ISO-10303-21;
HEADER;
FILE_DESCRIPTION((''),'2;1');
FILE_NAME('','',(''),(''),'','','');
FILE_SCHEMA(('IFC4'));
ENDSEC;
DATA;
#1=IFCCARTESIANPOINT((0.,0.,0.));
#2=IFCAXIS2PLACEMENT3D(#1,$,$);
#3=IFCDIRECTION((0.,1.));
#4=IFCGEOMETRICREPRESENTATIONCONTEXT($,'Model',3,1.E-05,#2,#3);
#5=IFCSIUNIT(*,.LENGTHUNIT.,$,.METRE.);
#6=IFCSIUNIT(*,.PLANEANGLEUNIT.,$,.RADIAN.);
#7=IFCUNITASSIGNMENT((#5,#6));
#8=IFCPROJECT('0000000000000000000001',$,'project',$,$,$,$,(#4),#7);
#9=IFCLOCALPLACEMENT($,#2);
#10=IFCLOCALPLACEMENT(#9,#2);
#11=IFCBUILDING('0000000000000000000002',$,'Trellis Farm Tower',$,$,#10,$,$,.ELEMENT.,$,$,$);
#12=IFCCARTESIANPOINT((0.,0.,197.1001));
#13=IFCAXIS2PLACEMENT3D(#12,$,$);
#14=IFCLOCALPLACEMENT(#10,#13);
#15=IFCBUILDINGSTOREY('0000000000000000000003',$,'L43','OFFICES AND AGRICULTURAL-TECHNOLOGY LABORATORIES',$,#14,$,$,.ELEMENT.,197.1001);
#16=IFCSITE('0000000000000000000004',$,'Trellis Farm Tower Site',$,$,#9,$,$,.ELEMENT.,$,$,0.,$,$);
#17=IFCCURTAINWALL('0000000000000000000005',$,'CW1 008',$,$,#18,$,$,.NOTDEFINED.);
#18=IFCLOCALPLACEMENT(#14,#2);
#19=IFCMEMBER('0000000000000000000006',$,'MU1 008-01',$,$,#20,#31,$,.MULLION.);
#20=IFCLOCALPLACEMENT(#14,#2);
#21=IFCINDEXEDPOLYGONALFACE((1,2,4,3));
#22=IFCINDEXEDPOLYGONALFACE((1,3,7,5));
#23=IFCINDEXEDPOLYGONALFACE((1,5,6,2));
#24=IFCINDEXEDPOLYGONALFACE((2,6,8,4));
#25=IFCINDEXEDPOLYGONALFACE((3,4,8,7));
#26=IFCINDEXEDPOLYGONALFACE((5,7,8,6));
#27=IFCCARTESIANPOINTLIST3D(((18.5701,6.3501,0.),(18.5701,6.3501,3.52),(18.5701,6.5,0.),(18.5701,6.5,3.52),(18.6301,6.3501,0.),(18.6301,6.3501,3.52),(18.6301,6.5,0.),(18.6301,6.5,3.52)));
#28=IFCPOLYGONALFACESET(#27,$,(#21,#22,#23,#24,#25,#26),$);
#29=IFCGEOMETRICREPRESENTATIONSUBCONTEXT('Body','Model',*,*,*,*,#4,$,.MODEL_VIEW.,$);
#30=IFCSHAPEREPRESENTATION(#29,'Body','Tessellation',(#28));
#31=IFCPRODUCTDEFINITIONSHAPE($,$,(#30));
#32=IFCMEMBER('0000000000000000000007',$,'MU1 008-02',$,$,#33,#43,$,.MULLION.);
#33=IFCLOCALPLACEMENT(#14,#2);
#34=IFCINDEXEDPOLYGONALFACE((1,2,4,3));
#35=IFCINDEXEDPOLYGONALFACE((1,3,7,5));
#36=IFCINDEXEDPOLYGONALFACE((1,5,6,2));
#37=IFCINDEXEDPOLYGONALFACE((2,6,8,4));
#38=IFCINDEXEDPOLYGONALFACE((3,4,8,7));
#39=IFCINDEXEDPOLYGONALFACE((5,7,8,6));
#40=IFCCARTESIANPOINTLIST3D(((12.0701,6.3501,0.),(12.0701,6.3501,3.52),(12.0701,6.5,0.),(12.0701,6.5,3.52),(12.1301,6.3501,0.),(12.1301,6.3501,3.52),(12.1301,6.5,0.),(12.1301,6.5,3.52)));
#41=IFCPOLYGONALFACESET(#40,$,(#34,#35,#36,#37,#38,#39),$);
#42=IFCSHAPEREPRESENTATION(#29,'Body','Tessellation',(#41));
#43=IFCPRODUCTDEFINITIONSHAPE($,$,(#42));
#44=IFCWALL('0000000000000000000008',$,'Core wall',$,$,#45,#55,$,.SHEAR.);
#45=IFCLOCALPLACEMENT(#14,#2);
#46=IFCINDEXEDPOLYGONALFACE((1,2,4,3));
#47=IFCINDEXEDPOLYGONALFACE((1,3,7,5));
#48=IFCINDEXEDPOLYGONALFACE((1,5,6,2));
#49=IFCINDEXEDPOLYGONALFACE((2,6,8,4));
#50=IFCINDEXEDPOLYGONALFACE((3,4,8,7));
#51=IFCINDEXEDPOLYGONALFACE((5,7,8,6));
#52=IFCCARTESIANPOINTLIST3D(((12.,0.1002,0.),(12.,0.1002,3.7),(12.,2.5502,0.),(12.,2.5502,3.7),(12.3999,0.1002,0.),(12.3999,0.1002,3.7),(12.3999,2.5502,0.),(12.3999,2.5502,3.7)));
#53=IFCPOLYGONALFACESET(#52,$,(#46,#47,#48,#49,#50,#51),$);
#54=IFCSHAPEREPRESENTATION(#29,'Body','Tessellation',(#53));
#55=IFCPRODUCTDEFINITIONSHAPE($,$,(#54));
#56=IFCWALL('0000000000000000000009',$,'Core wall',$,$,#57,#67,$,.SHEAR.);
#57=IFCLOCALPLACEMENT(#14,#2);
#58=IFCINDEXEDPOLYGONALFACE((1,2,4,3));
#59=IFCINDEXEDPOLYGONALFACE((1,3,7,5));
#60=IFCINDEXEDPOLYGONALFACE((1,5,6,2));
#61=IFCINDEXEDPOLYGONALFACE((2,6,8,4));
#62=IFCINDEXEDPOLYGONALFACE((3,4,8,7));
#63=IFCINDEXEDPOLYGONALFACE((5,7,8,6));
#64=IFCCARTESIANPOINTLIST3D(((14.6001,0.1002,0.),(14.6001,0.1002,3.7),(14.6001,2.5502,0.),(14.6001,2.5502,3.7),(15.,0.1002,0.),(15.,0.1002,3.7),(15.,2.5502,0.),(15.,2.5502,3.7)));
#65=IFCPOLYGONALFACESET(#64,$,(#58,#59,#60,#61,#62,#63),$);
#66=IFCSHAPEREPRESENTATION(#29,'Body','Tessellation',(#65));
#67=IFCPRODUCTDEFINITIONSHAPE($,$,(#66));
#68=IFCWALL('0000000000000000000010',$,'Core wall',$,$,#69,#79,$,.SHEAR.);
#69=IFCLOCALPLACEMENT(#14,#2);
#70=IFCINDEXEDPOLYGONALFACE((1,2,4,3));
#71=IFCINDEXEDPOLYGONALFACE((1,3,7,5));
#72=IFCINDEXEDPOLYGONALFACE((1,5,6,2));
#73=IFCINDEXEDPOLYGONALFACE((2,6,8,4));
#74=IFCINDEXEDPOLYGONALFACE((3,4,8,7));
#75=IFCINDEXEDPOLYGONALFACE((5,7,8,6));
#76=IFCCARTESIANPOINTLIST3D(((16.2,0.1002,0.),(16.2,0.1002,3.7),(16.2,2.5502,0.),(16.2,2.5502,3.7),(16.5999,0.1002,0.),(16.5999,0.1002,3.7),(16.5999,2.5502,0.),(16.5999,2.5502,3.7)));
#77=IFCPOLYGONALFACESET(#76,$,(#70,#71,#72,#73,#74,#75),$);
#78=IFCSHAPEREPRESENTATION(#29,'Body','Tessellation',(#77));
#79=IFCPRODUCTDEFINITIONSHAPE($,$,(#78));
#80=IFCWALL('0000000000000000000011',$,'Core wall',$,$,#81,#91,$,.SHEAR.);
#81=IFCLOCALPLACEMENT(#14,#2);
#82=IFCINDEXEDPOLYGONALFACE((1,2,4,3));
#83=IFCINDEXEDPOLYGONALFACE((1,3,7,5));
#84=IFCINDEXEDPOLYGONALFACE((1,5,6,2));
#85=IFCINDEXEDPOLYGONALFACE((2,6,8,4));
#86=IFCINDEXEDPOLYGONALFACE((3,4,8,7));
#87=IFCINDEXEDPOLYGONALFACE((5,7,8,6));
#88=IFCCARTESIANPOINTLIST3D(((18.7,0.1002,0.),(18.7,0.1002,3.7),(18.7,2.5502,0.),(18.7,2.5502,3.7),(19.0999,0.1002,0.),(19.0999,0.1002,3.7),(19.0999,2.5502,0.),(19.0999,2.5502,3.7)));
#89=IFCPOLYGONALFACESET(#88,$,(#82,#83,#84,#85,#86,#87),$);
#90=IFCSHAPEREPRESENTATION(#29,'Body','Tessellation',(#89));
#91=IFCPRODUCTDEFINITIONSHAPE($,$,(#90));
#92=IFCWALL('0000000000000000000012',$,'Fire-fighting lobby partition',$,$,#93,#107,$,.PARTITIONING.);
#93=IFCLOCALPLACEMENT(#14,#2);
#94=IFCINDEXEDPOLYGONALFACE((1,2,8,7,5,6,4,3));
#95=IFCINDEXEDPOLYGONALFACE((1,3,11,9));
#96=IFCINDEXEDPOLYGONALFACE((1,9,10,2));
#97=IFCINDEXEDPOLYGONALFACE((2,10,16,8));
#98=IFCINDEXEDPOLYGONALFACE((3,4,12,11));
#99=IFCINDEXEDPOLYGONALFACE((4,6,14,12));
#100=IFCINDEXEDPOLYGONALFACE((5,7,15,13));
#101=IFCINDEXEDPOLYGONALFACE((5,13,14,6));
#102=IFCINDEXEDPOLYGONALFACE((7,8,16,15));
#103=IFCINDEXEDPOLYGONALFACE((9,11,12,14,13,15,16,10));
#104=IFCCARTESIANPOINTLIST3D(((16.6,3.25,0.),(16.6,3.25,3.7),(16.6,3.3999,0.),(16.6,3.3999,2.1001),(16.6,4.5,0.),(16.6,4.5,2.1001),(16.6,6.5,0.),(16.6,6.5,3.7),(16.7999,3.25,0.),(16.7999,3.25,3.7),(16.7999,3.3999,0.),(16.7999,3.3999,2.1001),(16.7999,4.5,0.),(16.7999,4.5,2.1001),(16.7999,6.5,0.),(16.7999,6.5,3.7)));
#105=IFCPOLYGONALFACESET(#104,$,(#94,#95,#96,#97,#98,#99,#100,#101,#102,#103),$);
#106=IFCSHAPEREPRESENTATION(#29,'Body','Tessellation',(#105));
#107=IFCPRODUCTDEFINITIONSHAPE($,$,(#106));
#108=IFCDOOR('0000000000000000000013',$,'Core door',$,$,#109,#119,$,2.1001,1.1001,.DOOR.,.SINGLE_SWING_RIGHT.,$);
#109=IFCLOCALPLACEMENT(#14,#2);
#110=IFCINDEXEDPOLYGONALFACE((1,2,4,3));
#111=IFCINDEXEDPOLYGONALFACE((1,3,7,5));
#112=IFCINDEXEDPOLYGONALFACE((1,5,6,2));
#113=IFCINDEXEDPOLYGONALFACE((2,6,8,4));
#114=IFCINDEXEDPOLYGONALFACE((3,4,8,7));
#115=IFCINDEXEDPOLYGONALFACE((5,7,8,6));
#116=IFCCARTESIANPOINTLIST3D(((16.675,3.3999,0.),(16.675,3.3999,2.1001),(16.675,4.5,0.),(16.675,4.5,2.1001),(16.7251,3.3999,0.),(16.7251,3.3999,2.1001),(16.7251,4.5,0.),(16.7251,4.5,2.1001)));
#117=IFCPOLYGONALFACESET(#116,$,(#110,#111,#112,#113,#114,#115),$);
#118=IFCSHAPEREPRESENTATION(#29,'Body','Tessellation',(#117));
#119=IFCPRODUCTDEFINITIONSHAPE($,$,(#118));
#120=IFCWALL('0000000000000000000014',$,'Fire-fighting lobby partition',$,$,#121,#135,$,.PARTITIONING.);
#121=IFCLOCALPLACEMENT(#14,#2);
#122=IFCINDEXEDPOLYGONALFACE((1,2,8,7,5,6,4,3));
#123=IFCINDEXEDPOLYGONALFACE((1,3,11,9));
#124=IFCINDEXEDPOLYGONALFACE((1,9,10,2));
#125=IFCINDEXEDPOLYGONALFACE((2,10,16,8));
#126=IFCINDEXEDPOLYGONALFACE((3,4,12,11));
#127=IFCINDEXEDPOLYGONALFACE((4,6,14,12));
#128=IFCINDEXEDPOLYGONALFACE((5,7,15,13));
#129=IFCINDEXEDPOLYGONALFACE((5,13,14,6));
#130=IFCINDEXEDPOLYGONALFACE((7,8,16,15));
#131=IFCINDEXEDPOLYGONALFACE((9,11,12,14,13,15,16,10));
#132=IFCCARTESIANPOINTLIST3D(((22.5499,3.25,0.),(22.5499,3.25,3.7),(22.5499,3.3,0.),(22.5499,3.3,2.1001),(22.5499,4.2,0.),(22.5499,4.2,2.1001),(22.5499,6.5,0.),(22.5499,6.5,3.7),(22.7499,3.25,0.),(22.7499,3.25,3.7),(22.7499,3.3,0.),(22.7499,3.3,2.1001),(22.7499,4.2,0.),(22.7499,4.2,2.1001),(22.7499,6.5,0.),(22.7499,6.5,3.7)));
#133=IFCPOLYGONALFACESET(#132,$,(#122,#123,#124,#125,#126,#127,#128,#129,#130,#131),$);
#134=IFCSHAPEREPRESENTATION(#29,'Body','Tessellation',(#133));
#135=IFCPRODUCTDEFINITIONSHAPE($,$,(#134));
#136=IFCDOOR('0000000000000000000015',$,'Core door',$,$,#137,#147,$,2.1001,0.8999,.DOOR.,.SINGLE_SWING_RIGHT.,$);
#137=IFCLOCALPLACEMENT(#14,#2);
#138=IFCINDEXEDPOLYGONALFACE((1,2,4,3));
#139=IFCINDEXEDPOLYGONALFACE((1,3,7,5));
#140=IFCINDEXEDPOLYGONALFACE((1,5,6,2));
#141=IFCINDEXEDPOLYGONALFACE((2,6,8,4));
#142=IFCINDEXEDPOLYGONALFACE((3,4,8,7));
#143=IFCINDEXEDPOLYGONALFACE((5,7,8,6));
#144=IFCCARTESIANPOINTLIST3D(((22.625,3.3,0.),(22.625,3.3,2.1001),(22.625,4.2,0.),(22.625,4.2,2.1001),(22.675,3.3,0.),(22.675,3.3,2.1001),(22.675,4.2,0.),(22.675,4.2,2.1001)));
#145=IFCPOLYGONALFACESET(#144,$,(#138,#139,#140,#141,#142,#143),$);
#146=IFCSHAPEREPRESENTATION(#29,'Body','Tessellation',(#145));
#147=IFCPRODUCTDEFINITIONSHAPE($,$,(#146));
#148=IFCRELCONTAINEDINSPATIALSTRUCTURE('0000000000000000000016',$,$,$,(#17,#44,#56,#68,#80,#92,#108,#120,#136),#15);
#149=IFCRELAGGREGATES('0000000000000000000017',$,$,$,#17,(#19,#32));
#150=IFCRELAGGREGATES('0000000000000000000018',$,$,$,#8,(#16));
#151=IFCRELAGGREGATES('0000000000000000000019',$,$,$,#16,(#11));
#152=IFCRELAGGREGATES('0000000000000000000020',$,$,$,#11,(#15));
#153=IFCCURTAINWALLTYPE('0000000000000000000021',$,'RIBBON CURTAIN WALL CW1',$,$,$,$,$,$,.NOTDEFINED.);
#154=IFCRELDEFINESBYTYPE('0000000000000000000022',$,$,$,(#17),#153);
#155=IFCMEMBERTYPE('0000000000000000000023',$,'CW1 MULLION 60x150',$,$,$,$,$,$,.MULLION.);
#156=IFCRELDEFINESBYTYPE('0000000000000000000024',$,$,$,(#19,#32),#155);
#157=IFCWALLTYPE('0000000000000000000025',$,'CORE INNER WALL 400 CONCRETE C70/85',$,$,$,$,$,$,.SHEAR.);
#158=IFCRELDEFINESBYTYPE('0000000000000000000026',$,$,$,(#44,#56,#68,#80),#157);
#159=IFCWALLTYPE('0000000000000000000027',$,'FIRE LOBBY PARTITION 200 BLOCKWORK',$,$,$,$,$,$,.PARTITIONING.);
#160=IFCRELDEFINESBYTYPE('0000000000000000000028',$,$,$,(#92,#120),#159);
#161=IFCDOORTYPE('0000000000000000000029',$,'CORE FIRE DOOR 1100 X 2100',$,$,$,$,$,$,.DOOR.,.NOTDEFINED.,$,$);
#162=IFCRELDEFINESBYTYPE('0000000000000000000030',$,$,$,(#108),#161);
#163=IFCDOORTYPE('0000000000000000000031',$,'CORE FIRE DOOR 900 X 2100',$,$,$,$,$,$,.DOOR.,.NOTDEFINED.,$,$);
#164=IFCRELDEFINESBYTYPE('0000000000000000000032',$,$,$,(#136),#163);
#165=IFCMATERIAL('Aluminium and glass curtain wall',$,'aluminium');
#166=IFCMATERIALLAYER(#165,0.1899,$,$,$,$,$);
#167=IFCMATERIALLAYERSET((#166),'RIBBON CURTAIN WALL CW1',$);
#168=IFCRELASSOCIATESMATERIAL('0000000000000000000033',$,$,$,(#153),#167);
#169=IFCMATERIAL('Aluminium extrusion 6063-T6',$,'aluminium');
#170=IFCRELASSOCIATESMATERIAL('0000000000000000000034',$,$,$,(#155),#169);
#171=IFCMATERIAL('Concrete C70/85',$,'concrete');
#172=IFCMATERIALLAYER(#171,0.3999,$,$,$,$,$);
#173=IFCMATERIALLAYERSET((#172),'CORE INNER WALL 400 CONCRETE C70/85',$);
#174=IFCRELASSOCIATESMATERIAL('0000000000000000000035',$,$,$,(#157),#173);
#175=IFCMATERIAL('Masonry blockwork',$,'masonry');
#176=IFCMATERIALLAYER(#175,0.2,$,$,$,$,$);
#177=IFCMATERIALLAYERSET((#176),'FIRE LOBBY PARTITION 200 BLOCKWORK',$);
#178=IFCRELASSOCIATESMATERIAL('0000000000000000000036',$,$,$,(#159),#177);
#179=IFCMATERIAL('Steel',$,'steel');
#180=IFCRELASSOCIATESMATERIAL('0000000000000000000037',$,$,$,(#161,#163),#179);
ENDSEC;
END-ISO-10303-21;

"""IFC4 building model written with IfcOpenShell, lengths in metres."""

from ifc_helpers import new_model, si_unit, direction, frame, frame_2d, origin, origin_2d, place, context, subcontext, project, spatial, rectangle, extrude, source, transform, mapped, material, layer, layer_set, material_profile, profile_set, type_object, element, fill, aggregate, save


model = new_model("IFC4")

# Units and contexts
model_context = context("Model", 3, precision=1e-05, world=origin(), true_north=direction((0.0, 1.0)))
body_context = subcontext(model_context, "Body", "Model", "MODEL_VIEW")
ifc_project = project(units=[si_unit("LENGTHUNIT", "METRE"), si_unit("PLANEANGLEUNIT", "RADIAN")], contexts=[model_context])

# Site, building, storey
site_placement = place(None, origin())
site = spatial("IfcSite", under=ifc_project, at=site_placement, Name="Trellis Farm Tower Site", CompositionType="ELEMENT", RefElevation=0.0)
building_placement = place(site_placement, origin())
building = spatial("IfcBuilding", under=site, at=building_placement, Name="Trellis Farm Tower", CompositionType="ELEMENT")
storey_placement = place(building_placement, frame((0.0, 0.0, 197.1001)))
storey = spatial("IfcBuildingStorey", under=building, at=storey_placement, Name="L43", Description="OFFICES AND AGRICULTURAL-TECHNOLOGY LABORATORIES", CompositionType="ELEMENT", Elevation=197.1001)

# Shared definitions
ifc_material_1 = material(Name="Concrete C70/85", Category="concrete")

# Curtain wall, members
ifc_material_2 = material(Name="Aluminium and glass curtain wall", Category="aluminium")
ifc_layer_1 = layer(ifc_material_2, 0.1899)
ifc_layer_set_1 = layer_set([ifc_layer_1], Name="RIBBON CURTAIN WALL CW1")
curtain_wall_type = type_object("IfcCurtainWallType", Name="RIBBON CURTAIN WALL CW1", PredefinedType="NOTDEFINED", material=ifc_layer_set_1)
placement = place(storey_placement, origin())
ifc_material_3 = material(Name="Aluminium extrusion 6063-T6", Category="aluminium")
ifc_material_profile_1 = material_profile(ifc_material_3, rectangle(XDim=0.0601, YDim=0.1499, at=origin_2d()), Name="MULLION 60x150")
ifc_profile_set_1 = profile_set([ifc_material_profile_1], Name="Aluminium extrusion 6063-T6")
member_type = type_object("IfcMemberType", Name="CW1 MULLION 60x150", PredefinedType="MULLION", material=ifc_profile_set_1)
shared_shape_1 = source(origin(), body_context, "Body", "SweptSolid", [
    extrude(rectangle(XDim=0.0601, YDim=0.1499, at=origin_2d()), origin(), (0.0, 0.0, 1.0), 3.52),
])
curtain_wall_1 = element("IfcCurtainWall", 1, at=placement, inside=storey, type_object=curtain_wall_type, Name="CW1 008", PredefinedType="NOTDEFINED")
member_1_placement = place(storey_placement, frame((18.6001, 6.425, 0.0), z_axis=(0.0, 0.0, 1.0), x_axis=(-1.0, 0.0, 0.0)))
member_1 = element("IfcMember", 2, at=member_1_placement, type_object=member_type, Name="MU1 008-01", PredefinedType="MULLION", context=body_context, shape_type="MappedRepresentation", body=[
    mapped(shared_shape_1, transform((0.0, 0.0, 0.0))),
])
member_2_placement = place(storey_placement, frame((12.1001, 6.425, 0.0), z_axis=(0.0, 0.0, 1.0), x_axis=(-1.0, 0.0, 0.0)))
member_2 = element("IfcMember", 3, at=member_2_placement, type_object=member_type, Name="MU1 008-02", PredefinedType="MULLION", context=body_context, shape_type="MappedRepresentation", body=[
    mapped(shared_shape_1, transform((0.0, 0.0, 0.0))),
])
aggregate(curtain_wall_1, [member_1, member_2])

# Walls
ifc_layer_2 = layer(ifc_material_1, 0.3999)
ifc_layer_set_2 = layer_set([ifc_layer_2], Name="CORE INNER WALL 400 CONCRETE C70/85")
wall_type_1 = type_object("IfcWallType", Name="CORE INNER WALL 400 CONCRETE C70/85", PredefinedType="SHEAR", material=ifc_layer_set_2)
shared_shape_2 = source(origin(), body_context, "Body", "SweptSolid", [
    extrude(rectangle(XDim=2.45, YDim=0.3999, at=frame_2d((1.2251, 0.0))), origin(), (0.0, 0.0, 1.0), 3.7),
])
for number, where, z_axis, x_axis, name in (
    (4, (12.2, 0.1001, 0.0), (0.0, 0.0, 1.0), (0.0, 1.0, 0.0), "Core wall"),
    (5, (14.8, 0.1001, 0.0), (0.0, 0.0, 1.0), (0.0, 1.0, 0.0), "Core wall"),
    (6, (16.3999, 0.1001, 0.0), (0.0, 0.0, 1.0), (0.0, 1.0, 0.0), "Core wall"),
    (7, (18.8999, 0.1001, 0.0), (0.0, 0.0, 1.0), (0.0, 1.0, 0.0), "Core wall"),
):
    element("IfcWall", number, at=place(storey_placement, frame(where, z_axis=z_axis, x_axis=x_axis)), inside=storey, type_object=wall_type_1, Name=name, PredefinedType="SHEAR", context=body_context, shape_type="MappedRepresentation", body=[
        mapped(shared_shape_2, transform((0.0, 0.0, 0.0))),
    ])

# Walls, openings, doors
ifc_material_4 = material(Name="Masonry blockwork", Category="masonry")
ifc_layer_3 = layer(ifc_material_4, 0.2)
ifc_layer_set_3 = layer_set([ifc_layer_3], Name="FIRE LOBBY PARTITION 200 BLOCKWORK")
wall_type_2 = type_object("IfcWallType", Name="FIRE LOBBY PARTITION 200 BLOCKWORK", PredefinedType="PARTITIONING", material=ifc_layer_set_3)
shared_shape_3 = source(origin(), body_context, "Body", "SweptSolid", [
    extrude(rectangle(XDim=3.25, YDim=0.2, at=frame_2d((1.625, 0.0))), origin(), (0.0, 0.0, 1.0), 3.7),
])
wall_1_placement = place(storey_placement, frame((16.7, 3.25, 0.0), z_axis=(0.0, 0.0, 1.0), x_axis=(0.0, 1.0, 0.0)))
wall_1 = element("IfcWall", 8, at=wall_1_placement, inside=storey, type_object=wall_type_2, Name="Fire-fighting lobby partition", PredefinedType="PARTITIONING", context=body_context, shape_type="MappedRepresentation", body=[
    mapped(shared_shape_3, transform((0.0, 0.0, 0.0))),
])
shared_shape_4 = source(origin(), body_context, "Body", "SweptSolid", [
    extrude(rectangle(XDim=1.1001, YDim=2.1001, at=frame_2d((0.55, 1.05))), frame((0.0, 0.1101, 0.0), z_axis=(0.0, -1.0, 0.0), x_axis=(1.0, 0.0, 0.0)), (0.0, 0.0, 1.0), 0.2202),
])
opening_1_placement = place(wall_1_placement, frame((0.1499, 0.0, 0.0)))
opening_1 = element("IfcOpeningElement", 9, at=opening_1_placement, cuts=wall_1, PredefinedType="OPENING", context=body_context, shape_type="MappedRepresentation", body=[
    mapped(shared_shape_4, transform((0.0, 0.0, 0.0))),
])
ifc_material_5 = material(Name="Steel", Category="steel")
door_type_1 = type_object("IfcDoorType", Name="CORE FIRE DOOR 1100 X 2100", OperationType="NOTDEFINED", PredefinedType="DOOR", material=ifc_material_5)
shared_shape_5 = source(origin(), body_context, "Body", "SweptSolid", [
    extrude(rectangle(XDim=1.1001, YDim=2.1001, at=frame_2d((0.55, 1.05))), frame((0.0, 0.0249, 0.0), z_axis=(0.0, -1.0, 0.0), x_axis=(1.0, 0.0, 0.0)), (0.0, 0.0, 1.0), 0.05),
])
door_1_placement = place(opening_1_placement, origin())
door_1 = element("IfcDoor", 10, at=door_1_placement, inside=storey, type_object=door_type_1, Name="Core door", OperationType="SINGLE_SWING_RIGHT", OverallHeight=2.1001, OverallWidth=1.1001, PredefinedType="DOOR", context=body_context, shape_type="MappedRepresentation", body=[
    mapped(shared_shape_5, transform((0.0, 0.0, 0.0))),
])
fill(opening_1, door_1)
wall_2_placement = place(storey_placement, frame((22.6499, 3.25, 0.0), z_axis=(0.0, 0.0, 1.0), x_axis=(0.0, 1.0, 0.0)))
wall_2 = element("IfcWall", 11, at=wall_2_placement, inside=storey, type_object=wall_type_2, Name="Fire-fighting lobby partition", PredefinedType="PARTITIONING", context=body_context, shape_type="MappedRepresentation", body=[
    mapped(shared_shape_3, transform((0.0, 0.0, 0.0))),
])
shared_shape_6 = source(origin(), body_context, "Body", "SweptSolid", [
    extrude(rectangle(XDim=0.8999, YDim=2.1001, at=frame_2d((0.45, 1.05))), frame((0.0, 0.1101, 0.0), z_axis=(0.0, -1.0, 0.0), x_axis=(1.0, 0.0, 0.0)), (0.0, 0.0, 1.0), 0.2202),
])
opening_2_placement = place(wall_2_placement, frame((0.05, 0.0, 0.0)))
opening_2 = element("IfcOpeningElement", 12, at=opening_2_placement, cuts=wall_2, PredefinedType="OPENING", context=body_context, shape_type="MappedRepresentation", body=[
    mapped(shared_shape_6, transform((0.0, 0.0, 0.0))),
])
door_type_2 = type_object("IfcDoorType", Name="CORE FIRE DOOR 900 X 2100", OperationType="NOTDEFINED", PredefinedType="DOOR", material=ifc_material_5)
shared_shape_7 = source(origin(), body_context, "Body", "SweptSolid", [
    extrude(rectangle(XDim=0.8999, YDim=2.1001, at=frame_2d((0.45, 1.05))), frame((0.0, 0.0249, 0.0), z_axis=(0.0, -1.0, 0.0), x_axis=(1.0, 0.0, 0.0)), (0.0, 0.0, 1.0), 0.05),
])
door_2_placement = place(opening_2_placement, origin())
door_2 = element("IfcDoor", 13, at=door_2_placement, inside=storey, type_object=door_type_2, Name="Core door", OperationType="SINGLE_SWING_RIGHT", OverallHeight=2.1001, OverallWidth=0.8999, PredefinedType="DOOR", context=body_context, shape_type="MappedRepresentation", body=[
    mapped(shared_shape_7, transform((0.0, 0.0, 0.0))),
])
fill(opening_2, door_2)

save(model, "model.ifc")
